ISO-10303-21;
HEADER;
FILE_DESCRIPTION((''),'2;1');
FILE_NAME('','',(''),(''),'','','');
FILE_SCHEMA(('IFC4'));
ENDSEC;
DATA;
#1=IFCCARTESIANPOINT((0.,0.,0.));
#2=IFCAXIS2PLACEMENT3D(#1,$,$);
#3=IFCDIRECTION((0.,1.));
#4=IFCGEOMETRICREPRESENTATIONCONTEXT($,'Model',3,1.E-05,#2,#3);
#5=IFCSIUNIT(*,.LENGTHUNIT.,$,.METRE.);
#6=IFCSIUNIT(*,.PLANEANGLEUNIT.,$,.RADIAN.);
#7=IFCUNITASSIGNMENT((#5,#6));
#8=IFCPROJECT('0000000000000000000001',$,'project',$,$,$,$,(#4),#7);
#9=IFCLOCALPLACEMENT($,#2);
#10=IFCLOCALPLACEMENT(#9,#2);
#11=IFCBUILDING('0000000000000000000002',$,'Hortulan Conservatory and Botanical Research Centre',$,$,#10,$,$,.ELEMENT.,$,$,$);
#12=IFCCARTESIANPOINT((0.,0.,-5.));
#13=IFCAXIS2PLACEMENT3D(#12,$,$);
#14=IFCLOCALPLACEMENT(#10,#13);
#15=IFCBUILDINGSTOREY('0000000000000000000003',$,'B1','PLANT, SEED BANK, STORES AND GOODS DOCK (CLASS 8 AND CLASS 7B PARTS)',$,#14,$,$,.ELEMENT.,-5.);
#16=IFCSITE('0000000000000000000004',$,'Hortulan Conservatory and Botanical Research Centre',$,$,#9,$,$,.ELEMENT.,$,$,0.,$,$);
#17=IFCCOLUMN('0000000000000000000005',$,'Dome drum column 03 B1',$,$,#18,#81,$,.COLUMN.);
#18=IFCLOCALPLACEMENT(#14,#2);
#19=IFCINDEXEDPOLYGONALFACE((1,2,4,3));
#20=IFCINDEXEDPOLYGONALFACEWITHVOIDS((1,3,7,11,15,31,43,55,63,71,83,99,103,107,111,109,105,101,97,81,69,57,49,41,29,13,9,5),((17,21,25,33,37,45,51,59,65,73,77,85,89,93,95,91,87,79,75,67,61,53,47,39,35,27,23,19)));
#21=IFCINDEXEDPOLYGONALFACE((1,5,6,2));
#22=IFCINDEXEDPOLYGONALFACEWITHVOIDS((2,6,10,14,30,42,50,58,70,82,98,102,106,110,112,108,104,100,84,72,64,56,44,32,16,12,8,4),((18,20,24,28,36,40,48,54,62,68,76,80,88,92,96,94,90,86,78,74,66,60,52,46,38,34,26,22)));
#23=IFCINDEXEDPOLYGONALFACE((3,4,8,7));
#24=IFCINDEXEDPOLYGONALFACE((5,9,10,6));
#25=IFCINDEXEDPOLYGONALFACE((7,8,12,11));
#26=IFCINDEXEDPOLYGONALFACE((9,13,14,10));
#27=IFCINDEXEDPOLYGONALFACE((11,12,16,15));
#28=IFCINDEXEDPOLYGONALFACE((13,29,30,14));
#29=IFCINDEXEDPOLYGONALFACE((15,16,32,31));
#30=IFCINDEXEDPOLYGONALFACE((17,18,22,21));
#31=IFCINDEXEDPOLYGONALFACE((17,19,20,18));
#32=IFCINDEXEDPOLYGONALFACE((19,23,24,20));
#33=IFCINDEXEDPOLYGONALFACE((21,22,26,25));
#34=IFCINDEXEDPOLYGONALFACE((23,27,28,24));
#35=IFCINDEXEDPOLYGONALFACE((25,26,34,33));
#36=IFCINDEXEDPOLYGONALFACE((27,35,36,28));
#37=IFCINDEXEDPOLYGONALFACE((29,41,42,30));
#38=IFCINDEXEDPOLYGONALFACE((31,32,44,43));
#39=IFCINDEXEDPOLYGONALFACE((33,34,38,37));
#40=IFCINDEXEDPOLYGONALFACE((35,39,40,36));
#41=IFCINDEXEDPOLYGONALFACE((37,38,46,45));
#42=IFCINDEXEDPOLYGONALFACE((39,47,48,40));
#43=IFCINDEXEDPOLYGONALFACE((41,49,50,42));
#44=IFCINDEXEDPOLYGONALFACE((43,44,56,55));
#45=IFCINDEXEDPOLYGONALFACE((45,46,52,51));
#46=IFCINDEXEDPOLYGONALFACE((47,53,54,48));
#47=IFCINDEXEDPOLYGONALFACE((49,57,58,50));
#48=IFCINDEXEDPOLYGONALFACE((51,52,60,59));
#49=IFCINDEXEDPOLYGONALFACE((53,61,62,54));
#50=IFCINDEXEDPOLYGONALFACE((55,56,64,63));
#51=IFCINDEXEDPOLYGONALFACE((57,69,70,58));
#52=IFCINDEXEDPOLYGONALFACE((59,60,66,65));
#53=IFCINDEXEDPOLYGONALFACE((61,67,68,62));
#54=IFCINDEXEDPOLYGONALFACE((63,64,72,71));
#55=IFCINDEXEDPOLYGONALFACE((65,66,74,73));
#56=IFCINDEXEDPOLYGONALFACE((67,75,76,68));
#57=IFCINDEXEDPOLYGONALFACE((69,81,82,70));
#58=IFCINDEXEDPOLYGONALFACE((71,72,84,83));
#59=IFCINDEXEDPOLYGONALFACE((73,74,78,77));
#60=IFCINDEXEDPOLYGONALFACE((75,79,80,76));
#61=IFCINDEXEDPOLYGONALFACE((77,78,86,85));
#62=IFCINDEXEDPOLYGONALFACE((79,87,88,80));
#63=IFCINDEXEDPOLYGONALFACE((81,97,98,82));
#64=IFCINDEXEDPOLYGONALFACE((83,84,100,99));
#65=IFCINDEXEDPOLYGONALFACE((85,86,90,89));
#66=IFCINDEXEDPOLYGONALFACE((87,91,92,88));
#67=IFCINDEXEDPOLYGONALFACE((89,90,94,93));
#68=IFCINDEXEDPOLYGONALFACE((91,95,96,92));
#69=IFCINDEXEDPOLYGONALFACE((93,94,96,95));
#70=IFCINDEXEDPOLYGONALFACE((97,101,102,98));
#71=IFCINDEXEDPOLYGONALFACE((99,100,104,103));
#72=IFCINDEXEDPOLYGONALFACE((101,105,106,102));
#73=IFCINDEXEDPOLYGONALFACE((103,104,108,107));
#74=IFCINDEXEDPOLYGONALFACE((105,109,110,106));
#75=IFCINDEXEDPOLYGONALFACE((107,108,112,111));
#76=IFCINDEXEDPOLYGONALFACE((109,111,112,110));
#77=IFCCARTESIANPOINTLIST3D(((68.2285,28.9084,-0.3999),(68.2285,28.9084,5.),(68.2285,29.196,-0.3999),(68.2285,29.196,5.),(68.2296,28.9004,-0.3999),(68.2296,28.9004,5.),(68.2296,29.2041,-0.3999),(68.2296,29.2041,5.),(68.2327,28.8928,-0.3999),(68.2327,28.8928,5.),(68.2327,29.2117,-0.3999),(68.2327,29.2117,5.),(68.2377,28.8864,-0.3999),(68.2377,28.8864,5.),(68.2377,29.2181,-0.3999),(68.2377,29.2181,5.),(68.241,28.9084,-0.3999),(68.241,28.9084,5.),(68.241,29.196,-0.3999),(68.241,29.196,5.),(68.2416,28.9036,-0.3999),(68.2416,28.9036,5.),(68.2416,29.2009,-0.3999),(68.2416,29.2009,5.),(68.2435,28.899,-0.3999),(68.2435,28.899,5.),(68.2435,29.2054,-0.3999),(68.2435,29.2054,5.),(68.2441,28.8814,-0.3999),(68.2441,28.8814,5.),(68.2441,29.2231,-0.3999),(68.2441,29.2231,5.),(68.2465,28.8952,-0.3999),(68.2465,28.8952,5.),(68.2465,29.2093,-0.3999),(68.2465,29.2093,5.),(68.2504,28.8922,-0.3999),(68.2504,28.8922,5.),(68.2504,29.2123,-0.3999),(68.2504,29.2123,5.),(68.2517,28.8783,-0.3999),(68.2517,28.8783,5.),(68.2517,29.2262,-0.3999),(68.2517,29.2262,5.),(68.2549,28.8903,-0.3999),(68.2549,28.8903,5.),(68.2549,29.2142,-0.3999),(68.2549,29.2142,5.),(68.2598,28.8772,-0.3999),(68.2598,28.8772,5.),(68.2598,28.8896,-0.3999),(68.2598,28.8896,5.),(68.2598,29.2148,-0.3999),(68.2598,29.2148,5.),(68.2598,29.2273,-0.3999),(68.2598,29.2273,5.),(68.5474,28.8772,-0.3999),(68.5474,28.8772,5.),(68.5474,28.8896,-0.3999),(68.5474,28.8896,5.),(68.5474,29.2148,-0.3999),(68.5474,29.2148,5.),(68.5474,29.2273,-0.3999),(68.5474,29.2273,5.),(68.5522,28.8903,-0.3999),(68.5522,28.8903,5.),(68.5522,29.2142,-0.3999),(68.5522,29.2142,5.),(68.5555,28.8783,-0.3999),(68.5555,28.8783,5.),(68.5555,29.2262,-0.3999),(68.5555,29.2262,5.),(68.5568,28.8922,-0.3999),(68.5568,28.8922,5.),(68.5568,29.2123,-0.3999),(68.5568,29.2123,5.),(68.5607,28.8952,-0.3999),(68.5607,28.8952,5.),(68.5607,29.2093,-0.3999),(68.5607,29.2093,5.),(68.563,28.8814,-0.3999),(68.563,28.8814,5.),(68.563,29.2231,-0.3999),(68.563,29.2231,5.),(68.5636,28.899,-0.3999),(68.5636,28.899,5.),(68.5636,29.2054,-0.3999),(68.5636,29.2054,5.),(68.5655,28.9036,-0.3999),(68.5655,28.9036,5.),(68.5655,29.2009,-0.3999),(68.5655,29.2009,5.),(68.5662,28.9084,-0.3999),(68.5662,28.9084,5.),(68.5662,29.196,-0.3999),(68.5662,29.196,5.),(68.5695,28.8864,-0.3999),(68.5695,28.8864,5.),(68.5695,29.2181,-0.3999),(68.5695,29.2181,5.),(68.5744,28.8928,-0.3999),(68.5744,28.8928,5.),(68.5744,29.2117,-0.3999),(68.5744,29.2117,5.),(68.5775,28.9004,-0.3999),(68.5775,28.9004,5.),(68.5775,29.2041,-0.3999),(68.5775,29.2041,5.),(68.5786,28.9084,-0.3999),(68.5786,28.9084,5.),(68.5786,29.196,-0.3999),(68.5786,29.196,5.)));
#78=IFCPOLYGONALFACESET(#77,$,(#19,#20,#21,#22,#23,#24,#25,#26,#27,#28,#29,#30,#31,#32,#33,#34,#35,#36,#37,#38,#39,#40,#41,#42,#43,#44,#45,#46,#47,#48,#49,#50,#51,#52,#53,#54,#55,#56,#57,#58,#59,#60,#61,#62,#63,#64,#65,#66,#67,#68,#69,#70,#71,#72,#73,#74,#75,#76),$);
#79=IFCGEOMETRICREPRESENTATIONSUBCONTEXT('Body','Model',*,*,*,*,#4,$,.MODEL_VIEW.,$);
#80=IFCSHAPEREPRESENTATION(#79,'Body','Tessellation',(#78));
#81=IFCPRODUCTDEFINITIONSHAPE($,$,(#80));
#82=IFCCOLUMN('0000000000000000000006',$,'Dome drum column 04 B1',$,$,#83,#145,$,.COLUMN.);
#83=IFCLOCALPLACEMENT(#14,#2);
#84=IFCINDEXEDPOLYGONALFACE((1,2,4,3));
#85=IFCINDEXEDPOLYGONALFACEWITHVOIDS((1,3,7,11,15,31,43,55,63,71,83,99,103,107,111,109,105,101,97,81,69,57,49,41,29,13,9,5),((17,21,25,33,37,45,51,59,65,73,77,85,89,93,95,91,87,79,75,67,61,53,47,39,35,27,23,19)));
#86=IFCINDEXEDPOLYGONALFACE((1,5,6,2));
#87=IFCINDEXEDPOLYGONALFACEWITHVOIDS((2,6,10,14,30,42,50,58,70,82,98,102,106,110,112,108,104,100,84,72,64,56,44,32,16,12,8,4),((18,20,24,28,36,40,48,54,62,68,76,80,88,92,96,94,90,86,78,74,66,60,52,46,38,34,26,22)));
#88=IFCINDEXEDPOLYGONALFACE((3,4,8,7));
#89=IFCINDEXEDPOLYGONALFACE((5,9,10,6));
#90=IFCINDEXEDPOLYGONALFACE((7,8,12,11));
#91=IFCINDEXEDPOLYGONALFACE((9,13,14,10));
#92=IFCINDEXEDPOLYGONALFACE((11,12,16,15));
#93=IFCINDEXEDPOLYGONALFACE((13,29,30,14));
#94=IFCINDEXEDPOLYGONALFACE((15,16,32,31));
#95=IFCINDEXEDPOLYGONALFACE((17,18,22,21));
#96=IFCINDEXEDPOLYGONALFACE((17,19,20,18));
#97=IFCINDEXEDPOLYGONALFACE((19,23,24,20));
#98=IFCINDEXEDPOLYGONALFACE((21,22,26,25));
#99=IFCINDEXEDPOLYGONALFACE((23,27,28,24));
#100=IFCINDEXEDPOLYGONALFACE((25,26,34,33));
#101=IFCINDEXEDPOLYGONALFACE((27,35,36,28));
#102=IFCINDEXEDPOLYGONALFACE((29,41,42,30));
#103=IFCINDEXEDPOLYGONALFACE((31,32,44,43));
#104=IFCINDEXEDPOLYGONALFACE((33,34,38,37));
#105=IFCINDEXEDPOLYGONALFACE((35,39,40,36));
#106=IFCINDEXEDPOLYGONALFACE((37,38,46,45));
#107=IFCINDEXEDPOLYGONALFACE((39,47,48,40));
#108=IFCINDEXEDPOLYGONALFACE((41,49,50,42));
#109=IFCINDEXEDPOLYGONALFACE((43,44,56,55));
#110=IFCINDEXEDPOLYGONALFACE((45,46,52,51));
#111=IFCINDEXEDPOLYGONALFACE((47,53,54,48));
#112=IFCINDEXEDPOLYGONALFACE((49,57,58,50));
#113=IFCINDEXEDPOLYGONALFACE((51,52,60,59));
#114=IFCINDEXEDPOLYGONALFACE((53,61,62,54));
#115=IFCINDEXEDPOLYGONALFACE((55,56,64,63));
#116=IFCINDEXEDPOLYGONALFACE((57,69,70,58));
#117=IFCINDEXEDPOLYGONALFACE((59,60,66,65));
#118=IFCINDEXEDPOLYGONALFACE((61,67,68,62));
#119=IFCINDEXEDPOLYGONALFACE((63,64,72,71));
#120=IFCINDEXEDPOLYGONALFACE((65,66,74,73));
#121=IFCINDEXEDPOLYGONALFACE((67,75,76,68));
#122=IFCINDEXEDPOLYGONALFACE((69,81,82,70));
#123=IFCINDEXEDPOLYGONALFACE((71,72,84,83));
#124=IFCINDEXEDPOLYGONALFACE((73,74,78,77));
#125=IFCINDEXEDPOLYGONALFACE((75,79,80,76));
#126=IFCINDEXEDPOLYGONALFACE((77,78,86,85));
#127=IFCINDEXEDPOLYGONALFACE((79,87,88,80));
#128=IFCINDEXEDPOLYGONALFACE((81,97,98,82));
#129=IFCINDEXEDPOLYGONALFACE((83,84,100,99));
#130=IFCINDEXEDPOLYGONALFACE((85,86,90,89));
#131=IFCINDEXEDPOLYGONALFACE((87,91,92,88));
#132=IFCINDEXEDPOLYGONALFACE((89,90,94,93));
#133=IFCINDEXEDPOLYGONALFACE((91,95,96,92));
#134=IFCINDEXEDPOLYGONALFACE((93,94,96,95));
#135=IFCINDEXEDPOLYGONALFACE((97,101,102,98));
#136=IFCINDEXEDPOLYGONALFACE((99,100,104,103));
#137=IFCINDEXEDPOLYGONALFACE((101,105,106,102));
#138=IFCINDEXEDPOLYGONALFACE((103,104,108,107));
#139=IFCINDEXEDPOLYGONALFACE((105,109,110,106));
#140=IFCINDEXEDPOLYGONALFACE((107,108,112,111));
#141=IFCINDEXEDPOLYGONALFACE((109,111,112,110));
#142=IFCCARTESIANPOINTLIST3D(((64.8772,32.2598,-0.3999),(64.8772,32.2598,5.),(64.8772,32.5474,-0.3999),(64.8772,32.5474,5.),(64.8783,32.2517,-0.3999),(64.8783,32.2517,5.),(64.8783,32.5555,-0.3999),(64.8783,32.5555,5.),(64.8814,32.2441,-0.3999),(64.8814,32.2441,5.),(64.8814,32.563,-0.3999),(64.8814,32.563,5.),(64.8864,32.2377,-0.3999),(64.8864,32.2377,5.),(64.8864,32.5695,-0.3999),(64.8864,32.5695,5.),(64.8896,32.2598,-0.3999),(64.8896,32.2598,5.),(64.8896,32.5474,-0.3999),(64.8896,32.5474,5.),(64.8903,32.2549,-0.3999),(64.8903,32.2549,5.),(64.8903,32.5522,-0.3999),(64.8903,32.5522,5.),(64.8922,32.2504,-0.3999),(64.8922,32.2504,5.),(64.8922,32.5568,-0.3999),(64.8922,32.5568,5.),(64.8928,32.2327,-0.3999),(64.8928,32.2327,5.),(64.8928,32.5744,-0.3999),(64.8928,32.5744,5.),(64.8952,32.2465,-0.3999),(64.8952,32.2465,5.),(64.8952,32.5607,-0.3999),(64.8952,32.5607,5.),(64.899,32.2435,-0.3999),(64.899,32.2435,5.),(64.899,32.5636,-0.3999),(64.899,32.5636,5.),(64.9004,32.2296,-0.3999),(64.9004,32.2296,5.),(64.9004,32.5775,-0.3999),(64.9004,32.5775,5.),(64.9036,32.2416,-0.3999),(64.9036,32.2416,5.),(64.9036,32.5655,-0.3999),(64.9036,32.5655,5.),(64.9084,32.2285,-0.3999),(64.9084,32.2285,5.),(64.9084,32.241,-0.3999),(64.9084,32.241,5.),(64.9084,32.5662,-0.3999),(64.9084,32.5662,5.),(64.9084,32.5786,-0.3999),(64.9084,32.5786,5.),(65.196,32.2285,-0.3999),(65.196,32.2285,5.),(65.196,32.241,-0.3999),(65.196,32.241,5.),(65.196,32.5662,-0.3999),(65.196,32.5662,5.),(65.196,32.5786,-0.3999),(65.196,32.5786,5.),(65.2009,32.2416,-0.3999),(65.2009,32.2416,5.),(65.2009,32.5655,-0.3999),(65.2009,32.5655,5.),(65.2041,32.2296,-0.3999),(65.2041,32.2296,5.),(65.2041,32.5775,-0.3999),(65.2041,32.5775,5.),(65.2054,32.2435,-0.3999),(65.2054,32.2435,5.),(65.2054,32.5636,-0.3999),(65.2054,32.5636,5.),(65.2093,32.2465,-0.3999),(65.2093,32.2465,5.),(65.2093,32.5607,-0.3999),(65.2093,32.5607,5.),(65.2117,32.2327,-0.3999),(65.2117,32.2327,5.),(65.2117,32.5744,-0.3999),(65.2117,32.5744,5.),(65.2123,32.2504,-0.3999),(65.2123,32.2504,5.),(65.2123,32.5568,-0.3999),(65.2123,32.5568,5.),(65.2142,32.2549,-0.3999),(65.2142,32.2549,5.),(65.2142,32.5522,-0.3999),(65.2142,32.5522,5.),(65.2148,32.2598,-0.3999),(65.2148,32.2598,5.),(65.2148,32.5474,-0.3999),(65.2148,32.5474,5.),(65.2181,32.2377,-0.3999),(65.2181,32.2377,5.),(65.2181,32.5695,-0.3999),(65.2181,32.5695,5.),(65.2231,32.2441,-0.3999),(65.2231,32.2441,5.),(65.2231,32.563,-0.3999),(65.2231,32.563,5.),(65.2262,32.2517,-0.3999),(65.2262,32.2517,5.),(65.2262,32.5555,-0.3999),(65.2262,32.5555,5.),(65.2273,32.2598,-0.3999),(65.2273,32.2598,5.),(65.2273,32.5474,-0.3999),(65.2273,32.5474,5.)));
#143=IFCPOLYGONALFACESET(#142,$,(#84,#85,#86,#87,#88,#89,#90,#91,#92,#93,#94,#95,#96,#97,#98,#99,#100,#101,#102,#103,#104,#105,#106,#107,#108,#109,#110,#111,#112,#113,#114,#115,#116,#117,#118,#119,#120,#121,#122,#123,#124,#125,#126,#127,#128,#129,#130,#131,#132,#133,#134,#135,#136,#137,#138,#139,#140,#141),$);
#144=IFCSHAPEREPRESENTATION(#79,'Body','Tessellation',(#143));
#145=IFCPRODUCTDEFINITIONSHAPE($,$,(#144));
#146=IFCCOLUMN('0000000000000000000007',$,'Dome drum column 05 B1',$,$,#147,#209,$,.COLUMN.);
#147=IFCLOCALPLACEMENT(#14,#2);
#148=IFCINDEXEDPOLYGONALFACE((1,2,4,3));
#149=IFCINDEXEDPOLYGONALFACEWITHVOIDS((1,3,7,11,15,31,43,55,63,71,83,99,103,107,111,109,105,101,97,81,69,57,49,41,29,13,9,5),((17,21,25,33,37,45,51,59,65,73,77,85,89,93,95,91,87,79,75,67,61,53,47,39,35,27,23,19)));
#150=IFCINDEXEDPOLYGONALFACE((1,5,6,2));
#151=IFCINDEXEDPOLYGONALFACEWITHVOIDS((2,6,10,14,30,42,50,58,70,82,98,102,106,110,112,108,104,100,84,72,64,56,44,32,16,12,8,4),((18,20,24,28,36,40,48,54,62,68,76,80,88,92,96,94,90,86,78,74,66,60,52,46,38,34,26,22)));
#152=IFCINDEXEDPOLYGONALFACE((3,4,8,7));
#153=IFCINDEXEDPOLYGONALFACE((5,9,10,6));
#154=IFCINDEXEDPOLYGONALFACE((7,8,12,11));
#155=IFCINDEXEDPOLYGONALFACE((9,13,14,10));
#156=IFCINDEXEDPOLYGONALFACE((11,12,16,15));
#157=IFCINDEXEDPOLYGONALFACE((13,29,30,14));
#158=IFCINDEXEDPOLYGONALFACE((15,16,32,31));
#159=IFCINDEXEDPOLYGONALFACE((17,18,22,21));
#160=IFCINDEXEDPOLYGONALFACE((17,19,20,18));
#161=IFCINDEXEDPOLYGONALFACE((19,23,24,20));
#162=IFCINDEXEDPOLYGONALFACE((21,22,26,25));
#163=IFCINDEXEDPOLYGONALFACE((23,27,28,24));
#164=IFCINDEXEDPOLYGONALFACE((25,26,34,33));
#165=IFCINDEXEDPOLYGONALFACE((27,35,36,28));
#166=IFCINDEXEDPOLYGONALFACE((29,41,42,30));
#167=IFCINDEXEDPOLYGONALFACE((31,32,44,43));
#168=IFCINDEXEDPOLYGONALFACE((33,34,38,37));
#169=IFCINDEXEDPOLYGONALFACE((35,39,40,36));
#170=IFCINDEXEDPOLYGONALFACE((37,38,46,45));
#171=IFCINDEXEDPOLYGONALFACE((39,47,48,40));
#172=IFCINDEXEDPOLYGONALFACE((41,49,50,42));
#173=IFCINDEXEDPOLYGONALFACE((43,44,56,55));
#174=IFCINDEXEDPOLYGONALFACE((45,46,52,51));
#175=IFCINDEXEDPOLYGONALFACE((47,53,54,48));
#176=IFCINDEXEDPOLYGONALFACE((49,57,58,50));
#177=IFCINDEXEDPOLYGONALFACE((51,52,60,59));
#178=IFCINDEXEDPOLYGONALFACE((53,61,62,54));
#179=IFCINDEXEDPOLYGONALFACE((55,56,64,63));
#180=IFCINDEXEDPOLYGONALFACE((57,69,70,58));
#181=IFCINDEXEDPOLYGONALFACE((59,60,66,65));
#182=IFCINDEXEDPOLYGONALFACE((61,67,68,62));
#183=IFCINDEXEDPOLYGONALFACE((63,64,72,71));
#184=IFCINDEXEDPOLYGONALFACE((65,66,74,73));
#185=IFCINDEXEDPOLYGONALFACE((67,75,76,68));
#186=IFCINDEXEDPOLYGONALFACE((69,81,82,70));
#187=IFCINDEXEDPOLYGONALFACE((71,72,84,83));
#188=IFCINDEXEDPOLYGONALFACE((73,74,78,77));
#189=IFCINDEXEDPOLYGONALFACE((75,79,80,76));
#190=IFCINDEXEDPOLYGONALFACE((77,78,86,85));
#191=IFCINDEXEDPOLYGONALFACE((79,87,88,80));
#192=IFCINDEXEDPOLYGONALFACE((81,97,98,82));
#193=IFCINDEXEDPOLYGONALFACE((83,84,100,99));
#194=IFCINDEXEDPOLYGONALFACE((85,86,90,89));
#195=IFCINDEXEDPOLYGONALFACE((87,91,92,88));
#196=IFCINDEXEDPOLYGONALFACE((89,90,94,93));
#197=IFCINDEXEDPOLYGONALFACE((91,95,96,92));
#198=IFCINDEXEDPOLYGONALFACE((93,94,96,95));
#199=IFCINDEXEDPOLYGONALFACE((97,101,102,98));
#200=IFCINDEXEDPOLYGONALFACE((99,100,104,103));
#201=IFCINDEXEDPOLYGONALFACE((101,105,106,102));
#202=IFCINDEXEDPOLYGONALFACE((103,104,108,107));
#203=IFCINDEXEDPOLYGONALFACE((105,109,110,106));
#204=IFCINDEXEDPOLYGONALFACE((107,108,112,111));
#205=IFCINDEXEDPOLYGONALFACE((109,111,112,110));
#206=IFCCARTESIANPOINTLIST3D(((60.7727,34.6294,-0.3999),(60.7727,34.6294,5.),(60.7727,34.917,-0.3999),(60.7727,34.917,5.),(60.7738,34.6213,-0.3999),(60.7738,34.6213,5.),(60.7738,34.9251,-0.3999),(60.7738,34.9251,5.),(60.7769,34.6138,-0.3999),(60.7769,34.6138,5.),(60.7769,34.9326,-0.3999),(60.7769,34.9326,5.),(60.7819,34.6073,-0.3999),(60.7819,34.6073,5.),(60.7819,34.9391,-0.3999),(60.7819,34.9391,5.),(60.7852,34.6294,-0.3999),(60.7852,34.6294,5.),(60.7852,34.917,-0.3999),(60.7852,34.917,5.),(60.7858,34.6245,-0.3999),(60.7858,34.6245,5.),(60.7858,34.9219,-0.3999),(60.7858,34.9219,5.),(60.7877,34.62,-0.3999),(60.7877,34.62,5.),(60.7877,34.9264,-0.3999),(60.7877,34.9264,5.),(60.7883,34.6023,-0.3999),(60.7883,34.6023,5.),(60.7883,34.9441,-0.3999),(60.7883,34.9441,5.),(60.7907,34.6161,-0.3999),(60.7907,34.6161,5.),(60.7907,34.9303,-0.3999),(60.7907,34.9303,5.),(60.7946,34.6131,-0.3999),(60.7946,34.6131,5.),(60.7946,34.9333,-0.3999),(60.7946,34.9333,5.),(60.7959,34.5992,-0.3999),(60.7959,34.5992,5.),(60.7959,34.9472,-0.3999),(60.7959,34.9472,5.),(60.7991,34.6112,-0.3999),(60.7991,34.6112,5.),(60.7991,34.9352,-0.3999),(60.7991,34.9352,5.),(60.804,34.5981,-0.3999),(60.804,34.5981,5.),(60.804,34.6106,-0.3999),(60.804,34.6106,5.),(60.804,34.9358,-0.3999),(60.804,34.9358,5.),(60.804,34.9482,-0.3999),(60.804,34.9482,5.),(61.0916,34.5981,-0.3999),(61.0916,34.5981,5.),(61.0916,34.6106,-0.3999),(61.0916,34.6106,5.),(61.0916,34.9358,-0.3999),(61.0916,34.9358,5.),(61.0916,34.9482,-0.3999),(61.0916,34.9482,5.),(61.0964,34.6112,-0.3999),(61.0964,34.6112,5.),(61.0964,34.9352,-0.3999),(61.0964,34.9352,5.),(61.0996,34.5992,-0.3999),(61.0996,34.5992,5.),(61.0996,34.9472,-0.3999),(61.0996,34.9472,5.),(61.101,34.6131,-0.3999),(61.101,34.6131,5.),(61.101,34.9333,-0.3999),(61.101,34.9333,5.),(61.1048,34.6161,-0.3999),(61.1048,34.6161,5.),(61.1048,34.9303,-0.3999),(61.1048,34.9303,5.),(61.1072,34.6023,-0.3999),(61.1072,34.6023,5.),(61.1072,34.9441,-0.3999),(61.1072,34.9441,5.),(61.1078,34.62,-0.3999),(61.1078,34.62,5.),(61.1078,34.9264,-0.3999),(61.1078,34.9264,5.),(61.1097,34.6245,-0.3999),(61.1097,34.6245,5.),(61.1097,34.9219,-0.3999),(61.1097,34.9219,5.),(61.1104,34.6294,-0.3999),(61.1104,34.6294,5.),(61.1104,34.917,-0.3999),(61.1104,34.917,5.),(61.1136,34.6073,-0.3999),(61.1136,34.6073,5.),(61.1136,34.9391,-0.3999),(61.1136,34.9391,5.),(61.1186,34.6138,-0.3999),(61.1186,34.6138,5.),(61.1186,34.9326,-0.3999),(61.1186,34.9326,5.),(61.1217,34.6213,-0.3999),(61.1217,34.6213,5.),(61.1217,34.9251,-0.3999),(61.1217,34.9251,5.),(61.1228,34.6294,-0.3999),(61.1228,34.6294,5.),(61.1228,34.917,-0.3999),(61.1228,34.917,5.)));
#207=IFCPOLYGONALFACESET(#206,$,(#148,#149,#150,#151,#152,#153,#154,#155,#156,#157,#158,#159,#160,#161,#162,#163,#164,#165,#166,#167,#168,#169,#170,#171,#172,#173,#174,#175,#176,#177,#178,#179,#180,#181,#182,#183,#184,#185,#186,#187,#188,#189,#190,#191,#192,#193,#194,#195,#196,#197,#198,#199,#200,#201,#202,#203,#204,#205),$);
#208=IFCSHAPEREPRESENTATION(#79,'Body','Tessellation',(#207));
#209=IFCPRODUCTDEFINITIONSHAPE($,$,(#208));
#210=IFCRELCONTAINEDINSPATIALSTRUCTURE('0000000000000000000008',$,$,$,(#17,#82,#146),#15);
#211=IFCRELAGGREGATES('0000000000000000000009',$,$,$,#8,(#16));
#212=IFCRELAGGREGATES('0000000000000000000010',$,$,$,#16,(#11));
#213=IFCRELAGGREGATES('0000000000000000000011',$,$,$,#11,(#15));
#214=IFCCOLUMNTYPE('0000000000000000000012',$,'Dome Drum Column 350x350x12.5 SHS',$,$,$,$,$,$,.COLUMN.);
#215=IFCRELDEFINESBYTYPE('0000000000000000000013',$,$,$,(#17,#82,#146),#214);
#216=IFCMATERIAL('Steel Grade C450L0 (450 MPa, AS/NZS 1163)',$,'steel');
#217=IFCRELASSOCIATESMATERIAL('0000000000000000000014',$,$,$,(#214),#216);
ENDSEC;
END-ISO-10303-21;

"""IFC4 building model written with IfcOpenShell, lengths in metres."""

from ifc_helpers import new_model, si_unit, direction, frame, origin, origin_2d, place, context, subcontext, project, spatial, hollow_rectangle, extrude, material, material_profile, profile_set, type_object, element, save


model = new_model("IFC4")

# Units and contexts
model_context = context("Model", 3, precision=1e-05, world=origin(), true_north=direction((0.0, 1.0)))
body_context = subcontext(model_context, "Body", "Model", "MODEL_VIEW")
ifc_project = project(units=[si_unit("LENGTHUNIT", "METRE"), si_unit("PLANEANGLEUNIT", "RADIAN")], contexts=[model_context])

# Site, building, storey
site_placement = place(None, origin())
site = spatial("IfcSite", under=ifc_project, at=site_placement, Name="Hortulan Conservatory and Botanical Research Centre", CompositionType="ELEMENT", RefElevation=0.0)
building_placement = place(site_placement, origin())
building = spatial("IfcBuilding", under=site, at=building_placement, Name="Hortulan Conservatory and Botanical Research Centre", CompositionType="ELEMENT")
storey_placement = place(building_placement, frame((0.0, 0.0, -5.0)))
storey = spatial("IfcBuildingStorey", under=building, at=storey_placement, Name="B1", Description="PLANT, SEED BANK, STORES AND GOODS DOCK (CLASS 8 AND CLASS 7B PARTS)", CompositionType="ELEMENT", Elevation=-5.0)

# Columns
ifc_material_1 = material(Name="Steel Grade C450L0 (450 MPa, AS/NZS 1163)", Category="steel")
ifc_material_profile_1 = material_profile(ifc_material_1, hollow_rectangle(XDim=0.3501, YDim=0.3501, WallThickness=0.0125, InnerFilletRadius=0.0188, OuterFilletRadius=0.0312, at=origin_2d()), Name="350x350x12.5SHS")
ifc_profile_set_1 = profile_set([ifc_material_profile_1], Name="Steel Grade C450L0 (450 MPa, AS/NZS 1163)")
column_type_1 = type_object("IfcColumnType", Name="Dome Drum Column 350x350x12.5 SHS", PredefinedType="COLUMN", material=ifc_profile_set_1)
for number, where, z_axis, x_axis, name in (
    (1, (68.4036, 29.0522, -0.3999), (0.0, 0.0, 1.0), (1.0, 0.0, 0.0), "Dome drum column 03 B1"),
    (2, (65.0522, 32.4036, -0.3999), (0.0, 0.0, 1.0), (1.0, 0.0, 0.0), "Dome drum column 04 B1"),
    (3, (60.9478, 34.7732, -0.3999), (0.0, 0.0, 1.0), (1.0, 0.0, 0.0), "Dome drum column 05 B1"),
):
    element("IfcColumn", number, at=place(storey_placement, frame(where, z_axis=z_axis, x_axis=x_axis)), inside=storey, type_object=column_type_1, Name=name, PredefinedType="COLUMN", context=body_context, shape_type="SweptSolid", body=[
        extrude(hollow_rectangle(XDim=0.3501, YDim=0.3501, WallThickness=0.0125, InnerFilletRadius=0.0188, OuterFilletRadius=0.0312, at=origin_2d()), origin(), (0.0, 0.0, 1.0), 5.3999),
    ])

save(model, "model.ifc")
